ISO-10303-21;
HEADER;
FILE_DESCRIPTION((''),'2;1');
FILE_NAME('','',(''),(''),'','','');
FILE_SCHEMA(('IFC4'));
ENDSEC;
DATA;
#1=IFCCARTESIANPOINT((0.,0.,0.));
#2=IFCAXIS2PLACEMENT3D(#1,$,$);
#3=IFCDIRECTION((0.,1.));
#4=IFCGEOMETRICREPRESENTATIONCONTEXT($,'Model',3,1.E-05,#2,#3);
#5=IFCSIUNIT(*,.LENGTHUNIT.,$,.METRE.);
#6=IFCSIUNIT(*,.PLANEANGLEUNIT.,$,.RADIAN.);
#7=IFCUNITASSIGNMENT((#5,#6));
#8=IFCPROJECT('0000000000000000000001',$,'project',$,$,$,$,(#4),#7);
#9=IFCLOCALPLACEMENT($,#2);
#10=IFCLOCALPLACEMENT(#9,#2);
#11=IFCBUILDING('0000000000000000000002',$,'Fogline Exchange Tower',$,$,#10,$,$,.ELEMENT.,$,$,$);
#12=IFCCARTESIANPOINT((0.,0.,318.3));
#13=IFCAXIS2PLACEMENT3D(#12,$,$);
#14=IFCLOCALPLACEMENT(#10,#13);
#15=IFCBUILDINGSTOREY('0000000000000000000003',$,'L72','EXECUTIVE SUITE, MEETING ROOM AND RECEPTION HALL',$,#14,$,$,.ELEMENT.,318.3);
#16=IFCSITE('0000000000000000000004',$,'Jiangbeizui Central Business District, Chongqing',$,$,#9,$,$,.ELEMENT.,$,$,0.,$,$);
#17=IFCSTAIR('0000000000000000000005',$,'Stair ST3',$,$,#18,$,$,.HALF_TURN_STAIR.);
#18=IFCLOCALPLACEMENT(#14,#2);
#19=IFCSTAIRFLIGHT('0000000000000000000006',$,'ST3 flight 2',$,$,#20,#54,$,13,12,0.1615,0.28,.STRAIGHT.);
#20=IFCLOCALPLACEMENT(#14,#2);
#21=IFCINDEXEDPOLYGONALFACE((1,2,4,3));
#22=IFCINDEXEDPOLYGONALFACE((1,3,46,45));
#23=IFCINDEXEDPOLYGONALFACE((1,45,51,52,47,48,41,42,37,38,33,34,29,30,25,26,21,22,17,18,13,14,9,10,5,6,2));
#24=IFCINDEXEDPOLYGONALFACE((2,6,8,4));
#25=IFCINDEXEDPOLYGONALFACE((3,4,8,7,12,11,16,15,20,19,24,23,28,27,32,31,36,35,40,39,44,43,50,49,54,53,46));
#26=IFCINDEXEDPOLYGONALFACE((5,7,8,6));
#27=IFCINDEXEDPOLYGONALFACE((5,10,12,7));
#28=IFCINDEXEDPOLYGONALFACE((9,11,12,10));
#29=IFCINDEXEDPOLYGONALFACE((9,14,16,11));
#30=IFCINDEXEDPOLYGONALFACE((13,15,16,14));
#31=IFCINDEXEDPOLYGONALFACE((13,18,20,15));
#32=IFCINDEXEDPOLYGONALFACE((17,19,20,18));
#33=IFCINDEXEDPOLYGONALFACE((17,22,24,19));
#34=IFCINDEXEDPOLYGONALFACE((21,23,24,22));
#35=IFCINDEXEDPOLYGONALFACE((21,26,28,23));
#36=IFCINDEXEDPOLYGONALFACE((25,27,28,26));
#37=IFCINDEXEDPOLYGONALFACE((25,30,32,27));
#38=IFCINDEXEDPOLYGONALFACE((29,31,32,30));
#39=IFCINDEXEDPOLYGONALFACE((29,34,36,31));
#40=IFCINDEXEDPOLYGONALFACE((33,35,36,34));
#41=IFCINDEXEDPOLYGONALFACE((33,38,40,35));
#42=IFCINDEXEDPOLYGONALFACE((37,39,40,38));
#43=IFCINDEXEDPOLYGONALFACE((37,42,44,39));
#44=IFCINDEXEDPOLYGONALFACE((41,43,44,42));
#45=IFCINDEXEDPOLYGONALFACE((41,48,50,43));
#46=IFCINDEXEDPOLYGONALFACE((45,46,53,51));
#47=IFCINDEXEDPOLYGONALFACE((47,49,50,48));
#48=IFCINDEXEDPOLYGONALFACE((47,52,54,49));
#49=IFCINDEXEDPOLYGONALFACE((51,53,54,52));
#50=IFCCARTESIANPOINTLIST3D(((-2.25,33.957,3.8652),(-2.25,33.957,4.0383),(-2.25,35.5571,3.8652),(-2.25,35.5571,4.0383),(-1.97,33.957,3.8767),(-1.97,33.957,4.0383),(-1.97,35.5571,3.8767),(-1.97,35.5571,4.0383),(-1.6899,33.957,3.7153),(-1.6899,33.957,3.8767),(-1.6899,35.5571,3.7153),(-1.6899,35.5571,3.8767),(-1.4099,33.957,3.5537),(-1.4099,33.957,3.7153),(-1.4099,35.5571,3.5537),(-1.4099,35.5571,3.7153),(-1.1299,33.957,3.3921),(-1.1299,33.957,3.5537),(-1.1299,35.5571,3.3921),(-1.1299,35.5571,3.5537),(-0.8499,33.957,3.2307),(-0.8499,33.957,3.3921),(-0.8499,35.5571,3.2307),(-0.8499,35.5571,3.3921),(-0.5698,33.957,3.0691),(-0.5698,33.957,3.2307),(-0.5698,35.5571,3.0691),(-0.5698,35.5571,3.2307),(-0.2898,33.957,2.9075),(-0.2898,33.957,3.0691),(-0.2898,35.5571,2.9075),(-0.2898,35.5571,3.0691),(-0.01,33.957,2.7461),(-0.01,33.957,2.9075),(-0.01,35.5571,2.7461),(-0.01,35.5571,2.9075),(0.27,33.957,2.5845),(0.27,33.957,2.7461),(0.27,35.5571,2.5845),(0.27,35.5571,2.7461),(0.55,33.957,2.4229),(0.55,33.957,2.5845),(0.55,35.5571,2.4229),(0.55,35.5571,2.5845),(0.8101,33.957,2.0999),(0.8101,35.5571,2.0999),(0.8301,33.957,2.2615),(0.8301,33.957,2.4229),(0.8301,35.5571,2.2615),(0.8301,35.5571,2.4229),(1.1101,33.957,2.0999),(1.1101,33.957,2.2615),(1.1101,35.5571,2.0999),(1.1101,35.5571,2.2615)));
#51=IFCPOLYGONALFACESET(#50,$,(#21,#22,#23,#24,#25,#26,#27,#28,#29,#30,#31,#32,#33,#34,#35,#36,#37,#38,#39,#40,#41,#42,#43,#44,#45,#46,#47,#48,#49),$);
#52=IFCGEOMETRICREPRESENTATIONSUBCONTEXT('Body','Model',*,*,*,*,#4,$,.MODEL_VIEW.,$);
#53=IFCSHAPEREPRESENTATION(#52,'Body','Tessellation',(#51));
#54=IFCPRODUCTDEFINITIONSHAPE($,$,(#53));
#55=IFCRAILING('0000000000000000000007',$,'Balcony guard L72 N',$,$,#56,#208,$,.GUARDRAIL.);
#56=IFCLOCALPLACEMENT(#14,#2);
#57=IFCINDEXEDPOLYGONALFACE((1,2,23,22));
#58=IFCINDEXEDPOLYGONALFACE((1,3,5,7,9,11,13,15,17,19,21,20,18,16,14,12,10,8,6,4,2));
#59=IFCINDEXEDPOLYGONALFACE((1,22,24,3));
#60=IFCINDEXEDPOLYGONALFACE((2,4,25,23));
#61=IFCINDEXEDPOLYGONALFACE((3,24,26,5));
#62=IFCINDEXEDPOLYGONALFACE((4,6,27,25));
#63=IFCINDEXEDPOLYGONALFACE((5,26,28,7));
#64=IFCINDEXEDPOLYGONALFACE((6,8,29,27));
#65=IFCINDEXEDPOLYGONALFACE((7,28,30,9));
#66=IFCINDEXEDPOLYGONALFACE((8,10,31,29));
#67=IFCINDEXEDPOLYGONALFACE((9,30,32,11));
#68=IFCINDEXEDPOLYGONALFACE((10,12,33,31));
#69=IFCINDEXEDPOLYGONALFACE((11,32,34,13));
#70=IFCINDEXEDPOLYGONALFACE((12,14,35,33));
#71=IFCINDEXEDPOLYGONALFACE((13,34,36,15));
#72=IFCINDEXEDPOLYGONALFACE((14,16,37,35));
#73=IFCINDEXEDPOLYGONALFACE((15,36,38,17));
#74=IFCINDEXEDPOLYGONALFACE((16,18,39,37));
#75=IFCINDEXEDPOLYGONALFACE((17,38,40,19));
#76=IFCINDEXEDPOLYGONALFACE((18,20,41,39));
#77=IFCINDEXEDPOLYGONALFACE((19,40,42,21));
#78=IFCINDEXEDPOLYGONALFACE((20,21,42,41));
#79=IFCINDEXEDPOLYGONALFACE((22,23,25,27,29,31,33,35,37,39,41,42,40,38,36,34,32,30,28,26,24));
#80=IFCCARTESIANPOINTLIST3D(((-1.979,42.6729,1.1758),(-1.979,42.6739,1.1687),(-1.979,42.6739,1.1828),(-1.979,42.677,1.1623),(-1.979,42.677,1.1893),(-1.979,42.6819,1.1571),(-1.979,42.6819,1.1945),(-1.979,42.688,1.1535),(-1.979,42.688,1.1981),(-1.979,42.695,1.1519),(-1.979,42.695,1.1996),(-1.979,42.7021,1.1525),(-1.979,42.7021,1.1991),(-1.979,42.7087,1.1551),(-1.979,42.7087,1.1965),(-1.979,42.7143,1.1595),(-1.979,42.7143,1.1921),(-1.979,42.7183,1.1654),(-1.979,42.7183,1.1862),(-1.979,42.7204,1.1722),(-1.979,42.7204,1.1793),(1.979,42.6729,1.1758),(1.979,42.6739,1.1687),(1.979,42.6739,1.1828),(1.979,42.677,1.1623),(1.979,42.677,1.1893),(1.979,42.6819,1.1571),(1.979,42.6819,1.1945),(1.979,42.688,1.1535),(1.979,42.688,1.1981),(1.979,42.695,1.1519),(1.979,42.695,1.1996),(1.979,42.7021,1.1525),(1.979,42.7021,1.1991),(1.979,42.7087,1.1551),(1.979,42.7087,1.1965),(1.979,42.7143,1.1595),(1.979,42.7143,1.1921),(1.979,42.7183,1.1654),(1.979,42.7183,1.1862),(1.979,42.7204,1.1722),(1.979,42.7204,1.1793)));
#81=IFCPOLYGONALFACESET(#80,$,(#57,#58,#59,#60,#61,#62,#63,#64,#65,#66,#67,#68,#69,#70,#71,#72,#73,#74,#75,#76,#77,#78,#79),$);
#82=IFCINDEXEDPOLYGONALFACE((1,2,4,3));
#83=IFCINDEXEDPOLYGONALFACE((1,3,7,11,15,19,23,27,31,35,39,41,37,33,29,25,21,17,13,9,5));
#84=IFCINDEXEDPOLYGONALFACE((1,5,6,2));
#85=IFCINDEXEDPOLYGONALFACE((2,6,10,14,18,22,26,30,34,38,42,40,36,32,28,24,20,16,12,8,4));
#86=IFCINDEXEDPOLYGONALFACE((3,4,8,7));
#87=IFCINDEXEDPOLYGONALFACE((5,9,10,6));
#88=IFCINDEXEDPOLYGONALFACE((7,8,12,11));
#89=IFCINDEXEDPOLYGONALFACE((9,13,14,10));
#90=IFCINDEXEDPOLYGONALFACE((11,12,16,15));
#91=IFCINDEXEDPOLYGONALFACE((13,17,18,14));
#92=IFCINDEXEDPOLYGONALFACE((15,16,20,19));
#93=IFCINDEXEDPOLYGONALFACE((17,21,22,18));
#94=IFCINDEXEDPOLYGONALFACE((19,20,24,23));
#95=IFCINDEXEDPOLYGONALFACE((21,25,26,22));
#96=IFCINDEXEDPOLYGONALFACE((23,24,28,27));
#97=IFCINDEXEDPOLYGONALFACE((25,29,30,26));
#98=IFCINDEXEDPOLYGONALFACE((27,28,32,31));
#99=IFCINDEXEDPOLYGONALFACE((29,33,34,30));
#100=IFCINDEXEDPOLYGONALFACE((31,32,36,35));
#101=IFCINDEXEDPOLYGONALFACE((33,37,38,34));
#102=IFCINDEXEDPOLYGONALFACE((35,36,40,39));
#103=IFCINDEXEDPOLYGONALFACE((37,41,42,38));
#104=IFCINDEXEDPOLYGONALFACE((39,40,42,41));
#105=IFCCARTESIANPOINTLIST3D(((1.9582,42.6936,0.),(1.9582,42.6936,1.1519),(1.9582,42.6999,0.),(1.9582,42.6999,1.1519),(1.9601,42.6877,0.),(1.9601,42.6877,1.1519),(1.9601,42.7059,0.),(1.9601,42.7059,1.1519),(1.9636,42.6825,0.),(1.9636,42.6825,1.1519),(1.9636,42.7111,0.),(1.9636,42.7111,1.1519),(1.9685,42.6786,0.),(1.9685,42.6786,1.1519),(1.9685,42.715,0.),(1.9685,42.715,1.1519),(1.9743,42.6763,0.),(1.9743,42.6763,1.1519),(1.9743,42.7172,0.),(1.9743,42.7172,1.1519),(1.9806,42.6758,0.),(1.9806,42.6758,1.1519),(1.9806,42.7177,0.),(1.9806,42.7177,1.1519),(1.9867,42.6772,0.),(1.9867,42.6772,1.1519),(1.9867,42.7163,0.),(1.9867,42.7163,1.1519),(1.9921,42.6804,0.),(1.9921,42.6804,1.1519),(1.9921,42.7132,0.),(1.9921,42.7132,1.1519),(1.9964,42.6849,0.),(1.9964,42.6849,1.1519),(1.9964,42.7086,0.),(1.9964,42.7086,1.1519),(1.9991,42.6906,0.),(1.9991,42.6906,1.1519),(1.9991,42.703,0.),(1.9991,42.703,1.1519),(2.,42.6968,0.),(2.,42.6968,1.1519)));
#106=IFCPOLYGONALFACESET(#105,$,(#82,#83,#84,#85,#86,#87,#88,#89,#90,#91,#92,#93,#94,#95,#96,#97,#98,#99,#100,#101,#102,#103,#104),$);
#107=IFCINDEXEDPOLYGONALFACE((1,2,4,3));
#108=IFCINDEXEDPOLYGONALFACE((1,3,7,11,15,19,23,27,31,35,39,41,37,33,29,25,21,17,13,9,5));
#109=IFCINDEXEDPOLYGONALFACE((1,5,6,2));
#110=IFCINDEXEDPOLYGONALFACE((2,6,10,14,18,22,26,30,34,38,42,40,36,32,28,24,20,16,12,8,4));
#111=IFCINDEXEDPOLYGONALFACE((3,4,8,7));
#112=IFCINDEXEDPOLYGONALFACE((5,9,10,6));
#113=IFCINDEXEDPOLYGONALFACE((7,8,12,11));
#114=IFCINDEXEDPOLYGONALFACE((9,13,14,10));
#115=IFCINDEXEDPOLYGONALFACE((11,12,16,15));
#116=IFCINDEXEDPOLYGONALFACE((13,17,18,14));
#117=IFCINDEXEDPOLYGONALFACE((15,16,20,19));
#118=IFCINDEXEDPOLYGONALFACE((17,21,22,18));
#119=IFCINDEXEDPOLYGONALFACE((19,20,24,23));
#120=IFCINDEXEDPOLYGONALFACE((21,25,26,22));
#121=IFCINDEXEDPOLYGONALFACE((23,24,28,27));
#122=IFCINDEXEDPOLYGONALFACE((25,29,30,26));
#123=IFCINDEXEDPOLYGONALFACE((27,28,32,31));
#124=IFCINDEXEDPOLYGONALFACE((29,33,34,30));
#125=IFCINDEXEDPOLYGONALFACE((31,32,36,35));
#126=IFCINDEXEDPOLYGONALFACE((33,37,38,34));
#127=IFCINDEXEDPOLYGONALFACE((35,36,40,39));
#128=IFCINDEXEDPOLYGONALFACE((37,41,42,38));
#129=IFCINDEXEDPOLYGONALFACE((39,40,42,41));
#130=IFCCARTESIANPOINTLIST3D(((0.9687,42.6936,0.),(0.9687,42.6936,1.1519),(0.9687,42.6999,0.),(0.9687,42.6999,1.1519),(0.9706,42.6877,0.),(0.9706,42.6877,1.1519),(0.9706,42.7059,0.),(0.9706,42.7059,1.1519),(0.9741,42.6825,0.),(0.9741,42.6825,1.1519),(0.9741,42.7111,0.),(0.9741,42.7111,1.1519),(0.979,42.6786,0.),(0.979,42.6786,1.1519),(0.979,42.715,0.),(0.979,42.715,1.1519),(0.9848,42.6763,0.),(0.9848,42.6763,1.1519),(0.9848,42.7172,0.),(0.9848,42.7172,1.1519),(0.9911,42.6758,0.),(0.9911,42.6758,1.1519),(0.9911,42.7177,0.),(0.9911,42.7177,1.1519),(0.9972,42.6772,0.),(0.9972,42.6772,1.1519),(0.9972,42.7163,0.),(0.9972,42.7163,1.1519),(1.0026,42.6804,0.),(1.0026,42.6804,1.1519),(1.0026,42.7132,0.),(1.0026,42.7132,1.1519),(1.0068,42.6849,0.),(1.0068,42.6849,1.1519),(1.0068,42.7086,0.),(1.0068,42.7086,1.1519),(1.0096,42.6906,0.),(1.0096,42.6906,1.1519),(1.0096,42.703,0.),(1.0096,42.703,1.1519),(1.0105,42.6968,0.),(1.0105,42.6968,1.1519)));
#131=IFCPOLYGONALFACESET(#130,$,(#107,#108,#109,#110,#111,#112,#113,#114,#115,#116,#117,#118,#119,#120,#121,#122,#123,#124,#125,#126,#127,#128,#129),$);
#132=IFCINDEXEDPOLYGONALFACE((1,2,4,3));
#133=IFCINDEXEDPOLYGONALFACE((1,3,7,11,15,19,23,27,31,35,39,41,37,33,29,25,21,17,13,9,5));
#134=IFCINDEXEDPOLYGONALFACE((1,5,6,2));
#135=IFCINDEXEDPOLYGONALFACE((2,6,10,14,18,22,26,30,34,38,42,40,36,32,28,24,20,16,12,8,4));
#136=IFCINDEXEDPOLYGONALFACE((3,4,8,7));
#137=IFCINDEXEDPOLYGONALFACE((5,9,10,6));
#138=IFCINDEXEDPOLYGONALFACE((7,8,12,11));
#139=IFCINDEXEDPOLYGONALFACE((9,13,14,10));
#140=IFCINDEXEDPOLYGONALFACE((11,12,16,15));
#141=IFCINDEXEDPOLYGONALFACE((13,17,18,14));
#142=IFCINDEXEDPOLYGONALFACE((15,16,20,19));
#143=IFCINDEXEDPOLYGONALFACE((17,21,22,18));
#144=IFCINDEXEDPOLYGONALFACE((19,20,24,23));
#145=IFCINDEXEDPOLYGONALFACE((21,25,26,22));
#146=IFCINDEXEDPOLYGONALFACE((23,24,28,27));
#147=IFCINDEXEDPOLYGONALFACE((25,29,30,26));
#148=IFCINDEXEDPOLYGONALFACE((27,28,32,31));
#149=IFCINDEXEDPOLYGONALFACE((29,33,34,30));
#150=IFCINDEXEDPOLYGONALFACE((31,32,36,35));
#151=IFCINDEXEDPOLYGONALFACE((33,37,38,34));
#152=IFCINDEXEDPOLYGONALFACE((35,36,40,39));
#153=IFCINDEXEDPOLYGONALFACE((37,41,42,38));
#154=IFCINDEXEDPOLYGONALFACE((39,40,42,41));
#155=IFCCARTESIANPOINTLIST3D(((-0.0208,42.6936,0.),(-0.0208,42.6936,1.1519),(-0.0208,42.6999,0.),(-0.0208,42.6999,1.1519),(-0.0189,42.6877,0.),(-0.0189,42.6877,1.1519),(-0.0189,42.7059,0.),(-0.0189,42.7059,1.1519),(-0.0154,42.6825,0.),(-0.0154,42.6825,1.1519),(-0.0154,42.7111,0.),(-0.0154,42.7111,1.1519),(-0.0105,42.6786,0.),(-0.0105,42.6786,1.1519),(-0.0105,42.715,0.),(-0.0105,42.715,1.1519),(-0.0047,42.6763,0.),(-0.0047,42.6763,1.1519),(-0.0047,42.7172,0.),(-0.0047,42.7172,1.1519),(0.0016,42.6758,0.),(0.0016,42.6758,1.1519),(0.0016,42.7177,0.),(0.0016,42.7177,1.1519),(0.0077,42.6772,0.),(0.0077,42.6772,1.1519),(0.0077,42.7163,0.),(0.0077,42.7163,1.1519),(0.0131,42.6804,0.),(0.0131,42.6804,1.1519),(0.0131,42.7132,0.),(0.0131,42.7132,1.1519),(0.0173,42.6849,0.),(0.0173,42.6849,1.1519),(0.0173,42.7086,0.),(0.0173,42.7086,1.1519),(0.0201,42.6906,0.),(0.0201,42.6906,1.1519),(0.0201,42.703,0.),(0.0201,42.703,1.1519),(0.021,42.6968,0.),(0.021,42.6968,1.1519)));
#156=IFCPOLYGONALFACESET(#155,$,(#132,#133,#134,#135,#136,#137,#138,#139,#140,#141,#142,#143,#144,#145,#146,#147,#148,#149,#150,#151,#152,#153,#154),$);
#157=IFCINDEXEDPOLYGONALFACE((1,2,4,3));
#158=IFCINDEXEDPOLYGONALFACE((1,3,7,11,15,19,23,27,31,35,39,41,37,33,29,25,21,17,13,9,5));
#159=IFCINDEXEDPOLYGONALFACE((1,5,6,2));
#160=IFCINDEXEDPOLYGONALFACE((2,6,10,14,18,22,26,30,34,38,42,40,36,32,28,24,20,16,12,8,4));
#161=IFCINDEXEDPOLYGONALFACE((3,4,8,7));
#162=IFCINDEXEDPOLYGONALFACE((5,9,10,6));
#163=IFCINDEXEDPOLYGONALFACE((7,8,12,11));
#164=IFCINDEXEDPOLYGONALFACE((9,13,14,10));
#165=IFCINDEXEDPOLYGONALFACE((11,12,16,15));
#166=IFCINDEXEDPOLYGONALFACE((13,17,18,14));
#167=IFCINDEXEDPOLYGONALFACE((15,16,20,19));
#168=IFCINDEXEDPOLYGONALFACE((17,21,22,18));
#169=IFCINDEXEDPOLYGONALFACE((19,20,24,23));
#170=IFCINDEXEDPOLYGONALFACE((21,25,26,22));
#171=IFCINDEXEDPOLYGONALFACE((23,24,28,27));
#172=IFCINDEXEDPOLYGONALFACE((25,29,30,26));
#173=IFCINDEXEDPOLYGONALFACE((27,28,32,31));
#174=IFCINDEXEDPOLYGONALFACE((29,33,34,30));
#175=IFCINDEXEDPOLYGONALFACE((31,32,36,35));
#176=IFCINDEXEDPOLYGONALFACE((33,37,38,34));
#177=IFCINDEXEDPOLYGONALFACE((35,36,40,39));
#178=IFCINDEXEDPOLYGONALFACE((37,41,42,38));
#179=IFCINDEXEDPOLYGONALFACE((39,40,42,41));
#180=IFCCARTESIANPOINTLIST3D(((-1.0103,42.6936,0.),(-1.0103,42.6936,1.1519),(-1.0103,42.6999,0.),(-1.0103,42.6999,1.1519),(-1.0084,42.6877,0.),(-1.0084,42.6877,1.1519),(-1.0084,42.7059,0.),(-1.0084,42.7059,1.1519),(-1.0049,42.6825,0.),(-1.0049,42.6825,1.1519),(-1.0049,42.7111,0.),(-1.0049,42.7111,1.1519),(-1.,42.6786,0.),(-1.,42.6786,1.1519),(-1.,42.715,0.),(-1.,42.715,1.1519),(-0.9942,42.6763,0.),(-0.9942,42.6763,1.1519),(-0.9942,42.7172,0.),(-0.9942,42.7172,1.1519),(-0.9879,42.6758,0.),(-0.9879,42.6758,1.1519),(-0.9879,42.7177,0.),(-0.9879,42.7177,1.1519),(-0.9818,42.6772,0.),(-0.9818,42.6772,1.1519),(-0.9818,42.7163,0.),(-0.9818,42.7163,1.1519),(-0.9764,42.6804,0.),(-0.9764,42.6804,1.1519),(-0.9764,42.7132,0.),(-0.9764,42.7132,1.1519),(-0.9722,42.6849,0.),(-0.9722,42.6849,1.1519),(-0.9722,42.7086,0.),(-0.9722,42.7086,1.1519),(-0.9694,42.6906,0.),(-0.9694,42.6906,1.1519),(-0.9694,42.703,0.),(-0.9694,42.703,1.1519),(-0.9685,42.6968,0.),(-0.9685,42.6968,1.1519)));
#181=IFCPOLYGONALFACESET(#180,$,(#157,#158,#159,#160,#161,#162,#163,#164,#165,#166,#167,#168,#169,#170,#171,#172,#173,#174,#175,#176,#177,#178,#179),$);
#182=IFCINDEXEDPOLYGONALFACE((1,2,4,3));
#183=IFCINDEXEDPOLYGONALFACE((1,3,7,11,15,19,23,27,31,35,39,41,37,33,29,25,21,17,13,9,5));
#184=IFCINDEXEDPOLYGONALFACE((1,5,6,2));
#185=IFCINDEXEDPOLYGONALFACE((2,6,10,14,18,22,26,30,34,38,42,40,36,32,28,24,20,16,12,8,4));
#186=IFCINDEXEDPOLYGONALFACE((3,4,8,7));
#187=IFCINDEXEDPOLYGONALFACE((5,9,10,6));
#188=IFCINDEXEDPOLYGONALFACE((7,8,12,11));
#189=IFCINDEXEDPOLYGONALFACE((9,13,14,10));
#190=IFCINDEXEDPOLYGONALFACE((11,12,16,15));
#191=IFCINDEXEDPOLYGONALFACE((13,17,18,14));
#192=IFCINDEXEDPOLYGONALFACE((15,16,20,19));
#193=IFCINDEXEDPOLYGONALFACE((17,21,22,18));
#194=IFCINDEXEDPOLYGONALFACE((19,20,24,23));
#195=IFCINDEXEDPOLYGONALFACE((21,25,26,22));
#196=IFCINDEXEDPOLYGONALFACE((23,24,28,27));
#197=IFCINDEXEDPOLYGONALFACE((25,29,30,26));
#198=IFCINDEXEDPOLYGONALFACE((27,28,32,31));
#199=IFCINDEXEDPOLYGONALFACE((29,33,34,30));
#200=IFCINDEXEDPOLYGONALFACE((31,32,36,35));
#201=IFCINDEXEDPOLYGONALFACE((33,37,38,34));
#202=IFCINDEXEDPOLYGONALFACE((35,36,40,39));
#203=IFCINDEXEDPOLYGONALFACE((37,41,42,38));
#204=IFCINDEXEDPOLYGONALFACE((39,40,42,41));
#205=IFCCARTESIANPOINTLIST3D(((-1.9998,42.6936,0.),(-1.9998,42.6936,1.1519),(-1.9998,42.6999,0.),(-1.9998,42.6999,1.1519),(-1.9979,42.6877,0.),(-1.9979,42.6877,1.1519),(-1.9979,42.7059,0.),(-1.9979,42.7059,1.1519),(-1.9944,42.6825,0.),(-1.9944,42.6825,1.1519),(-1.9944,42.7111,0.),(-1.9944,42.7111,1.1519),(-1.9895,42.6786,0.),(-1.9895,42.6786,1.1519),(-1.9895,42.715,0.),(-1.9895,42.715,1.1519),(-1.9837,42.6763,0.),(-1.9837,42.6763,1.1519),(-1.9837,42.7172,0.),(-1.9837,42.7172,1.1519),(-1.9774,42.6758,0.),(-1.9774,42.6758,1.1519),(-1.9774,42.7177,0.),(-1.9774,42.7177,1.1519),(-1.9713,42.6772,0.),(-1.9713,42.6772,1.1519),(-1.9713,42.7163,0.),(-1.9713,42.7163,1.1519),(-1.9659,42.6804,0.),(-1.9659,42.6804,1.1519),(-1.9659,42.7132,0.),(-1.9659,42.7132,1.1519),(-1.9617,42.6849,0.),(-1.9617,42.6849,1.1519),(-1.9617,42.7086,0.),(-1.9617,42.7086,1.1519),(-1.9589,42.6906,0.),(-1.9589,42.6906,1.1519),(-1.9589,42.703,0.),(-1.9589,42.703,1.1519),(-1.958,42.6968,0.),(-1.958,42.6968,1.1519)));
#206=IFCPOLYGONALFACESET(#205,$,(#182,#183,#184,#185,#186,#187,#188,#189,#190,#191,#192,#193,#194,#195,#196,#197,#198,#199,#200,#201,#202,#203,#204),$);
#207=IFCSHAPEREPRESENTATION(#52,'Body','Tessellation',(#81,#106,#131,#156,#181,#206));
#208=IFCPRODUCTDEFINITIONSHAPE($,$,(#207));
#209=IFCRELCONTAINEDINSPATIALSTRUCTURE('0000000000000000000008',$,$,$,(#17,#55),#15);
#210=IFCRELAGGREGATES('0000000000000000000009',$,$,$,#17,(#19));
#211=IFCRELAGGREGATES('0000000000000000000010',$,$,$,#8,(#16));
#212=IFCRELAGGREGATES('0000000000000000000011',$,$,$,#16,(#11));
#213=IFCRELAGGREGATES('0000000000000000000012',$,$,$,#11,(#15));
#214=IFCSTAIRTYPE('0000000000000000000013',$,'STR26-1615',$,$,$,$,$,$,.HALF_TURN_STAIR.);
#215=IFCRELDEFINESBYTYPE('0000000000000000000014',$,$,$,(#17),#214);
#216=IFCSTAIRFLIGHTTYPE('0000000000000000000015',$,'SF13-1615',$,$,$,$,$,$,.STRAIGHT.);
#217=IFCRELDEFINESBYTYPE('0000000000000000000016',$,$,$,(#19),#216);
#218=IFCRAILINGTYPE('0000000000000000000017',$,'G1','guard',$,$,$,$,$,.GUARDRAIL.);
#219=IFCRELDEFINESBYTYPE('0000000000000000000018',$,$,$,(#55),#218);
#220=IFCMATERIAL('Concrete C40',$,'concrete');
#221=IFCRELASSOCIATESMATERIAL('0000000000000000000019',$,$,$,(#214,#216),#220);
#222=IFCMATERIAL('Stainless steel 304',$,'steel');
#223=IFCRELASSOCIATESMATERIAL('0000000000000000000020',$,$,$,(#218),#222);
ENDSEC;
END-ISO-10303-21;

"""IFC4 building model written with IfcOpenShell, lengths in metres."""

from ifc_helpers import new_model, si_unit, direction, frame, origin, origin_2d, place, context, subcontext, project, spatial, polyline, circle, outline, extrude, material, type_object, element, aggregate, save


model = new_model("IFC4")

# Units and contexts
model_context = context("Model", 3, precision=1e-05, world=origin(), true_north=direction((0.0, 1.0)))
body_context = subcontext(model_context, "Body", "Model", "MODEL_VIEW")
ifc_project = project(units=[si_unit("LENGTHUNIT", "METRE"), si_unit("PLANEANGLEUNIT", "RADIAN")], contexts=[model_context])

# Site, building, storey
site_placement = place(None, origin())
site = spatial("IfcSite", under=ifc_project, at=site_placement, Name="Jiangbeizui Central Business District, Chongqing", CompositionType="ELEMENT", RefElevation=0.0)
building_placement = place(site_placement, origin())
building = spatial("IfcBuilding", under=site, at=building_placement, Name="Fogline Exchange Tower", CompositionType="ELEMENT")
storey_placement = place(building_placement, frame((0.0, 0.0, 318.3)))
storey = spatial("IfcBuildingStorey", under=building, at=storey_placement, Name="L72", Description="EXECUTIVE SUITE, MEETING ROOM AND RECEPTION HALL", CompositionType="ELEMENT", Elevation=318.3)

# Shared definitions
ifc_material_1 = material(Name="Concrete C40", Category="concrete")

# Stair, stair flight
stair_type = type_object("IfcStairType", Name="STR26-1615", PredefinedType="HALF_TURN_STAIR", material=ifc_material_1)
stair_placement = place(storey_placement, origin())
stair = element("IfcStair", 1, at=stair_placement, inside=storey, type_object=stair_type, Name="Stair ST3", PredefinedType="HALF_TURN_STAIR")
stair_flight_type = type_object("IfcStairFlightType", Name="SF13-1615", PredefinedType="STRAIGHT", material=ifc_material_1)
stair_flight_placement = place(storey_placement, frame((1.1101, 34.7571, 2.0999), z_axis=(0.0, 0.0, 1.0), x_axis=(-1.0, 0.0, 0.0)))
stair_flight = element("IfcStairFlight", 2, at=stair_flight_placement, type_object=stair_flight_type, Name="ST3 flight 2", NumberOfRisers=13, NumberOfTreads=12, PredefinedType="STRAIGHT", RiserHeight=0.1615, TreadLength=0.28, context=body_context, shape_type="SweptSolid", body=[
    extrude(outline(polyline([(0.0, 0.0), (0.0, 0.1616), (0.28, 0.1616), (0.28, 0.323), (0.5601, 0.323), (0.5601, 0.4846), (0.8401, 0.4846), (0.8401, 0.6462), (1.1201, 0.6462), (1.1201, 0.8076), (1.3999, 0.8076), (1.3999, 0.9692), (1.6799, 0.9692), (1.6799, 1.1309), (1.96, 1.1309), (1.96, 1.2922), (2.24, 1.2922), (2.24, 1.4539), (2.52, 1.4539), (2.52, 1.6155), (2.8, 1.6155), (2.8, 1.7769), (3.0801, 1.7769), (3.0801, 1.9385), (3.3601, 1.9385), (3.3601, 2.1001), (3.3601, 1.7654), (0.3, 0.0), (0.0, 0.0)])), frame((0.0, 0.8, 0.0), z_axis=(0.0, -1.0, 0.0), x_axis=(1.0, 0.0, 0.0)), (0.0, 0.0, 1.0), 1.6001),
])
aggregate(stair, [stair_flight])

# Railing
ifc_material_2 = material(Name="Stainless steel 304", Category="steel")
railing_type = type_object("IfcRailingType", Name="G1", Description="guard", PredefinedType="GUARDRAIL", material=ifc_material_2)
railing_placement = place(storey_placement, frame((1.979, 42.6968, 0.0)))
element("IfcRailing", 3, at=railing_placement, inside=storey, type_object=railing_type, Name="Balcony guard L72 N", PredefinedType="GUARDRAIL", context=body_context, shape_type="SweptSolid", body=[
    extrude(circle(Radius=0.0239, at=origin_2d()), frame((0.0, 0.0, 1.1758), z_axis=(-1.0, 0.0, 0.0), x_axis=(0.0, -1.0, 0.0)), (0.0, 0.0, 1.0), 3.958),
    extrude(circle(Radius=0.021, at=origin_2d()), origin(), (0.0, 0.0, 1.0), 1.1519),
    extrude(circle(Radius=0.021, at=origin_2d()), frame((-0.9895, 0.0, 0.0)), (0.0, 0.0, 1.0), 1.1519),
    extrude(circle(Radius=0.021, at=origin_2d()), frame((-1.979, 0.0, 0.0)), (0.0, 0.0, 1.0), 1.1519),
    extrude(circle(Radius=0.021, at=origin_2d()), frame((-2.9685, 0.0, 0.0)), (0.0, 0.0, 1.0), 1.1519),
    extrude(circle(Radius=0.021, at=origin_2d()), frame((-3.958, 0.0, 0.0)), (0.0, 0.0, 1.0), 1.1519),
])

save(model, "model.ifc")
